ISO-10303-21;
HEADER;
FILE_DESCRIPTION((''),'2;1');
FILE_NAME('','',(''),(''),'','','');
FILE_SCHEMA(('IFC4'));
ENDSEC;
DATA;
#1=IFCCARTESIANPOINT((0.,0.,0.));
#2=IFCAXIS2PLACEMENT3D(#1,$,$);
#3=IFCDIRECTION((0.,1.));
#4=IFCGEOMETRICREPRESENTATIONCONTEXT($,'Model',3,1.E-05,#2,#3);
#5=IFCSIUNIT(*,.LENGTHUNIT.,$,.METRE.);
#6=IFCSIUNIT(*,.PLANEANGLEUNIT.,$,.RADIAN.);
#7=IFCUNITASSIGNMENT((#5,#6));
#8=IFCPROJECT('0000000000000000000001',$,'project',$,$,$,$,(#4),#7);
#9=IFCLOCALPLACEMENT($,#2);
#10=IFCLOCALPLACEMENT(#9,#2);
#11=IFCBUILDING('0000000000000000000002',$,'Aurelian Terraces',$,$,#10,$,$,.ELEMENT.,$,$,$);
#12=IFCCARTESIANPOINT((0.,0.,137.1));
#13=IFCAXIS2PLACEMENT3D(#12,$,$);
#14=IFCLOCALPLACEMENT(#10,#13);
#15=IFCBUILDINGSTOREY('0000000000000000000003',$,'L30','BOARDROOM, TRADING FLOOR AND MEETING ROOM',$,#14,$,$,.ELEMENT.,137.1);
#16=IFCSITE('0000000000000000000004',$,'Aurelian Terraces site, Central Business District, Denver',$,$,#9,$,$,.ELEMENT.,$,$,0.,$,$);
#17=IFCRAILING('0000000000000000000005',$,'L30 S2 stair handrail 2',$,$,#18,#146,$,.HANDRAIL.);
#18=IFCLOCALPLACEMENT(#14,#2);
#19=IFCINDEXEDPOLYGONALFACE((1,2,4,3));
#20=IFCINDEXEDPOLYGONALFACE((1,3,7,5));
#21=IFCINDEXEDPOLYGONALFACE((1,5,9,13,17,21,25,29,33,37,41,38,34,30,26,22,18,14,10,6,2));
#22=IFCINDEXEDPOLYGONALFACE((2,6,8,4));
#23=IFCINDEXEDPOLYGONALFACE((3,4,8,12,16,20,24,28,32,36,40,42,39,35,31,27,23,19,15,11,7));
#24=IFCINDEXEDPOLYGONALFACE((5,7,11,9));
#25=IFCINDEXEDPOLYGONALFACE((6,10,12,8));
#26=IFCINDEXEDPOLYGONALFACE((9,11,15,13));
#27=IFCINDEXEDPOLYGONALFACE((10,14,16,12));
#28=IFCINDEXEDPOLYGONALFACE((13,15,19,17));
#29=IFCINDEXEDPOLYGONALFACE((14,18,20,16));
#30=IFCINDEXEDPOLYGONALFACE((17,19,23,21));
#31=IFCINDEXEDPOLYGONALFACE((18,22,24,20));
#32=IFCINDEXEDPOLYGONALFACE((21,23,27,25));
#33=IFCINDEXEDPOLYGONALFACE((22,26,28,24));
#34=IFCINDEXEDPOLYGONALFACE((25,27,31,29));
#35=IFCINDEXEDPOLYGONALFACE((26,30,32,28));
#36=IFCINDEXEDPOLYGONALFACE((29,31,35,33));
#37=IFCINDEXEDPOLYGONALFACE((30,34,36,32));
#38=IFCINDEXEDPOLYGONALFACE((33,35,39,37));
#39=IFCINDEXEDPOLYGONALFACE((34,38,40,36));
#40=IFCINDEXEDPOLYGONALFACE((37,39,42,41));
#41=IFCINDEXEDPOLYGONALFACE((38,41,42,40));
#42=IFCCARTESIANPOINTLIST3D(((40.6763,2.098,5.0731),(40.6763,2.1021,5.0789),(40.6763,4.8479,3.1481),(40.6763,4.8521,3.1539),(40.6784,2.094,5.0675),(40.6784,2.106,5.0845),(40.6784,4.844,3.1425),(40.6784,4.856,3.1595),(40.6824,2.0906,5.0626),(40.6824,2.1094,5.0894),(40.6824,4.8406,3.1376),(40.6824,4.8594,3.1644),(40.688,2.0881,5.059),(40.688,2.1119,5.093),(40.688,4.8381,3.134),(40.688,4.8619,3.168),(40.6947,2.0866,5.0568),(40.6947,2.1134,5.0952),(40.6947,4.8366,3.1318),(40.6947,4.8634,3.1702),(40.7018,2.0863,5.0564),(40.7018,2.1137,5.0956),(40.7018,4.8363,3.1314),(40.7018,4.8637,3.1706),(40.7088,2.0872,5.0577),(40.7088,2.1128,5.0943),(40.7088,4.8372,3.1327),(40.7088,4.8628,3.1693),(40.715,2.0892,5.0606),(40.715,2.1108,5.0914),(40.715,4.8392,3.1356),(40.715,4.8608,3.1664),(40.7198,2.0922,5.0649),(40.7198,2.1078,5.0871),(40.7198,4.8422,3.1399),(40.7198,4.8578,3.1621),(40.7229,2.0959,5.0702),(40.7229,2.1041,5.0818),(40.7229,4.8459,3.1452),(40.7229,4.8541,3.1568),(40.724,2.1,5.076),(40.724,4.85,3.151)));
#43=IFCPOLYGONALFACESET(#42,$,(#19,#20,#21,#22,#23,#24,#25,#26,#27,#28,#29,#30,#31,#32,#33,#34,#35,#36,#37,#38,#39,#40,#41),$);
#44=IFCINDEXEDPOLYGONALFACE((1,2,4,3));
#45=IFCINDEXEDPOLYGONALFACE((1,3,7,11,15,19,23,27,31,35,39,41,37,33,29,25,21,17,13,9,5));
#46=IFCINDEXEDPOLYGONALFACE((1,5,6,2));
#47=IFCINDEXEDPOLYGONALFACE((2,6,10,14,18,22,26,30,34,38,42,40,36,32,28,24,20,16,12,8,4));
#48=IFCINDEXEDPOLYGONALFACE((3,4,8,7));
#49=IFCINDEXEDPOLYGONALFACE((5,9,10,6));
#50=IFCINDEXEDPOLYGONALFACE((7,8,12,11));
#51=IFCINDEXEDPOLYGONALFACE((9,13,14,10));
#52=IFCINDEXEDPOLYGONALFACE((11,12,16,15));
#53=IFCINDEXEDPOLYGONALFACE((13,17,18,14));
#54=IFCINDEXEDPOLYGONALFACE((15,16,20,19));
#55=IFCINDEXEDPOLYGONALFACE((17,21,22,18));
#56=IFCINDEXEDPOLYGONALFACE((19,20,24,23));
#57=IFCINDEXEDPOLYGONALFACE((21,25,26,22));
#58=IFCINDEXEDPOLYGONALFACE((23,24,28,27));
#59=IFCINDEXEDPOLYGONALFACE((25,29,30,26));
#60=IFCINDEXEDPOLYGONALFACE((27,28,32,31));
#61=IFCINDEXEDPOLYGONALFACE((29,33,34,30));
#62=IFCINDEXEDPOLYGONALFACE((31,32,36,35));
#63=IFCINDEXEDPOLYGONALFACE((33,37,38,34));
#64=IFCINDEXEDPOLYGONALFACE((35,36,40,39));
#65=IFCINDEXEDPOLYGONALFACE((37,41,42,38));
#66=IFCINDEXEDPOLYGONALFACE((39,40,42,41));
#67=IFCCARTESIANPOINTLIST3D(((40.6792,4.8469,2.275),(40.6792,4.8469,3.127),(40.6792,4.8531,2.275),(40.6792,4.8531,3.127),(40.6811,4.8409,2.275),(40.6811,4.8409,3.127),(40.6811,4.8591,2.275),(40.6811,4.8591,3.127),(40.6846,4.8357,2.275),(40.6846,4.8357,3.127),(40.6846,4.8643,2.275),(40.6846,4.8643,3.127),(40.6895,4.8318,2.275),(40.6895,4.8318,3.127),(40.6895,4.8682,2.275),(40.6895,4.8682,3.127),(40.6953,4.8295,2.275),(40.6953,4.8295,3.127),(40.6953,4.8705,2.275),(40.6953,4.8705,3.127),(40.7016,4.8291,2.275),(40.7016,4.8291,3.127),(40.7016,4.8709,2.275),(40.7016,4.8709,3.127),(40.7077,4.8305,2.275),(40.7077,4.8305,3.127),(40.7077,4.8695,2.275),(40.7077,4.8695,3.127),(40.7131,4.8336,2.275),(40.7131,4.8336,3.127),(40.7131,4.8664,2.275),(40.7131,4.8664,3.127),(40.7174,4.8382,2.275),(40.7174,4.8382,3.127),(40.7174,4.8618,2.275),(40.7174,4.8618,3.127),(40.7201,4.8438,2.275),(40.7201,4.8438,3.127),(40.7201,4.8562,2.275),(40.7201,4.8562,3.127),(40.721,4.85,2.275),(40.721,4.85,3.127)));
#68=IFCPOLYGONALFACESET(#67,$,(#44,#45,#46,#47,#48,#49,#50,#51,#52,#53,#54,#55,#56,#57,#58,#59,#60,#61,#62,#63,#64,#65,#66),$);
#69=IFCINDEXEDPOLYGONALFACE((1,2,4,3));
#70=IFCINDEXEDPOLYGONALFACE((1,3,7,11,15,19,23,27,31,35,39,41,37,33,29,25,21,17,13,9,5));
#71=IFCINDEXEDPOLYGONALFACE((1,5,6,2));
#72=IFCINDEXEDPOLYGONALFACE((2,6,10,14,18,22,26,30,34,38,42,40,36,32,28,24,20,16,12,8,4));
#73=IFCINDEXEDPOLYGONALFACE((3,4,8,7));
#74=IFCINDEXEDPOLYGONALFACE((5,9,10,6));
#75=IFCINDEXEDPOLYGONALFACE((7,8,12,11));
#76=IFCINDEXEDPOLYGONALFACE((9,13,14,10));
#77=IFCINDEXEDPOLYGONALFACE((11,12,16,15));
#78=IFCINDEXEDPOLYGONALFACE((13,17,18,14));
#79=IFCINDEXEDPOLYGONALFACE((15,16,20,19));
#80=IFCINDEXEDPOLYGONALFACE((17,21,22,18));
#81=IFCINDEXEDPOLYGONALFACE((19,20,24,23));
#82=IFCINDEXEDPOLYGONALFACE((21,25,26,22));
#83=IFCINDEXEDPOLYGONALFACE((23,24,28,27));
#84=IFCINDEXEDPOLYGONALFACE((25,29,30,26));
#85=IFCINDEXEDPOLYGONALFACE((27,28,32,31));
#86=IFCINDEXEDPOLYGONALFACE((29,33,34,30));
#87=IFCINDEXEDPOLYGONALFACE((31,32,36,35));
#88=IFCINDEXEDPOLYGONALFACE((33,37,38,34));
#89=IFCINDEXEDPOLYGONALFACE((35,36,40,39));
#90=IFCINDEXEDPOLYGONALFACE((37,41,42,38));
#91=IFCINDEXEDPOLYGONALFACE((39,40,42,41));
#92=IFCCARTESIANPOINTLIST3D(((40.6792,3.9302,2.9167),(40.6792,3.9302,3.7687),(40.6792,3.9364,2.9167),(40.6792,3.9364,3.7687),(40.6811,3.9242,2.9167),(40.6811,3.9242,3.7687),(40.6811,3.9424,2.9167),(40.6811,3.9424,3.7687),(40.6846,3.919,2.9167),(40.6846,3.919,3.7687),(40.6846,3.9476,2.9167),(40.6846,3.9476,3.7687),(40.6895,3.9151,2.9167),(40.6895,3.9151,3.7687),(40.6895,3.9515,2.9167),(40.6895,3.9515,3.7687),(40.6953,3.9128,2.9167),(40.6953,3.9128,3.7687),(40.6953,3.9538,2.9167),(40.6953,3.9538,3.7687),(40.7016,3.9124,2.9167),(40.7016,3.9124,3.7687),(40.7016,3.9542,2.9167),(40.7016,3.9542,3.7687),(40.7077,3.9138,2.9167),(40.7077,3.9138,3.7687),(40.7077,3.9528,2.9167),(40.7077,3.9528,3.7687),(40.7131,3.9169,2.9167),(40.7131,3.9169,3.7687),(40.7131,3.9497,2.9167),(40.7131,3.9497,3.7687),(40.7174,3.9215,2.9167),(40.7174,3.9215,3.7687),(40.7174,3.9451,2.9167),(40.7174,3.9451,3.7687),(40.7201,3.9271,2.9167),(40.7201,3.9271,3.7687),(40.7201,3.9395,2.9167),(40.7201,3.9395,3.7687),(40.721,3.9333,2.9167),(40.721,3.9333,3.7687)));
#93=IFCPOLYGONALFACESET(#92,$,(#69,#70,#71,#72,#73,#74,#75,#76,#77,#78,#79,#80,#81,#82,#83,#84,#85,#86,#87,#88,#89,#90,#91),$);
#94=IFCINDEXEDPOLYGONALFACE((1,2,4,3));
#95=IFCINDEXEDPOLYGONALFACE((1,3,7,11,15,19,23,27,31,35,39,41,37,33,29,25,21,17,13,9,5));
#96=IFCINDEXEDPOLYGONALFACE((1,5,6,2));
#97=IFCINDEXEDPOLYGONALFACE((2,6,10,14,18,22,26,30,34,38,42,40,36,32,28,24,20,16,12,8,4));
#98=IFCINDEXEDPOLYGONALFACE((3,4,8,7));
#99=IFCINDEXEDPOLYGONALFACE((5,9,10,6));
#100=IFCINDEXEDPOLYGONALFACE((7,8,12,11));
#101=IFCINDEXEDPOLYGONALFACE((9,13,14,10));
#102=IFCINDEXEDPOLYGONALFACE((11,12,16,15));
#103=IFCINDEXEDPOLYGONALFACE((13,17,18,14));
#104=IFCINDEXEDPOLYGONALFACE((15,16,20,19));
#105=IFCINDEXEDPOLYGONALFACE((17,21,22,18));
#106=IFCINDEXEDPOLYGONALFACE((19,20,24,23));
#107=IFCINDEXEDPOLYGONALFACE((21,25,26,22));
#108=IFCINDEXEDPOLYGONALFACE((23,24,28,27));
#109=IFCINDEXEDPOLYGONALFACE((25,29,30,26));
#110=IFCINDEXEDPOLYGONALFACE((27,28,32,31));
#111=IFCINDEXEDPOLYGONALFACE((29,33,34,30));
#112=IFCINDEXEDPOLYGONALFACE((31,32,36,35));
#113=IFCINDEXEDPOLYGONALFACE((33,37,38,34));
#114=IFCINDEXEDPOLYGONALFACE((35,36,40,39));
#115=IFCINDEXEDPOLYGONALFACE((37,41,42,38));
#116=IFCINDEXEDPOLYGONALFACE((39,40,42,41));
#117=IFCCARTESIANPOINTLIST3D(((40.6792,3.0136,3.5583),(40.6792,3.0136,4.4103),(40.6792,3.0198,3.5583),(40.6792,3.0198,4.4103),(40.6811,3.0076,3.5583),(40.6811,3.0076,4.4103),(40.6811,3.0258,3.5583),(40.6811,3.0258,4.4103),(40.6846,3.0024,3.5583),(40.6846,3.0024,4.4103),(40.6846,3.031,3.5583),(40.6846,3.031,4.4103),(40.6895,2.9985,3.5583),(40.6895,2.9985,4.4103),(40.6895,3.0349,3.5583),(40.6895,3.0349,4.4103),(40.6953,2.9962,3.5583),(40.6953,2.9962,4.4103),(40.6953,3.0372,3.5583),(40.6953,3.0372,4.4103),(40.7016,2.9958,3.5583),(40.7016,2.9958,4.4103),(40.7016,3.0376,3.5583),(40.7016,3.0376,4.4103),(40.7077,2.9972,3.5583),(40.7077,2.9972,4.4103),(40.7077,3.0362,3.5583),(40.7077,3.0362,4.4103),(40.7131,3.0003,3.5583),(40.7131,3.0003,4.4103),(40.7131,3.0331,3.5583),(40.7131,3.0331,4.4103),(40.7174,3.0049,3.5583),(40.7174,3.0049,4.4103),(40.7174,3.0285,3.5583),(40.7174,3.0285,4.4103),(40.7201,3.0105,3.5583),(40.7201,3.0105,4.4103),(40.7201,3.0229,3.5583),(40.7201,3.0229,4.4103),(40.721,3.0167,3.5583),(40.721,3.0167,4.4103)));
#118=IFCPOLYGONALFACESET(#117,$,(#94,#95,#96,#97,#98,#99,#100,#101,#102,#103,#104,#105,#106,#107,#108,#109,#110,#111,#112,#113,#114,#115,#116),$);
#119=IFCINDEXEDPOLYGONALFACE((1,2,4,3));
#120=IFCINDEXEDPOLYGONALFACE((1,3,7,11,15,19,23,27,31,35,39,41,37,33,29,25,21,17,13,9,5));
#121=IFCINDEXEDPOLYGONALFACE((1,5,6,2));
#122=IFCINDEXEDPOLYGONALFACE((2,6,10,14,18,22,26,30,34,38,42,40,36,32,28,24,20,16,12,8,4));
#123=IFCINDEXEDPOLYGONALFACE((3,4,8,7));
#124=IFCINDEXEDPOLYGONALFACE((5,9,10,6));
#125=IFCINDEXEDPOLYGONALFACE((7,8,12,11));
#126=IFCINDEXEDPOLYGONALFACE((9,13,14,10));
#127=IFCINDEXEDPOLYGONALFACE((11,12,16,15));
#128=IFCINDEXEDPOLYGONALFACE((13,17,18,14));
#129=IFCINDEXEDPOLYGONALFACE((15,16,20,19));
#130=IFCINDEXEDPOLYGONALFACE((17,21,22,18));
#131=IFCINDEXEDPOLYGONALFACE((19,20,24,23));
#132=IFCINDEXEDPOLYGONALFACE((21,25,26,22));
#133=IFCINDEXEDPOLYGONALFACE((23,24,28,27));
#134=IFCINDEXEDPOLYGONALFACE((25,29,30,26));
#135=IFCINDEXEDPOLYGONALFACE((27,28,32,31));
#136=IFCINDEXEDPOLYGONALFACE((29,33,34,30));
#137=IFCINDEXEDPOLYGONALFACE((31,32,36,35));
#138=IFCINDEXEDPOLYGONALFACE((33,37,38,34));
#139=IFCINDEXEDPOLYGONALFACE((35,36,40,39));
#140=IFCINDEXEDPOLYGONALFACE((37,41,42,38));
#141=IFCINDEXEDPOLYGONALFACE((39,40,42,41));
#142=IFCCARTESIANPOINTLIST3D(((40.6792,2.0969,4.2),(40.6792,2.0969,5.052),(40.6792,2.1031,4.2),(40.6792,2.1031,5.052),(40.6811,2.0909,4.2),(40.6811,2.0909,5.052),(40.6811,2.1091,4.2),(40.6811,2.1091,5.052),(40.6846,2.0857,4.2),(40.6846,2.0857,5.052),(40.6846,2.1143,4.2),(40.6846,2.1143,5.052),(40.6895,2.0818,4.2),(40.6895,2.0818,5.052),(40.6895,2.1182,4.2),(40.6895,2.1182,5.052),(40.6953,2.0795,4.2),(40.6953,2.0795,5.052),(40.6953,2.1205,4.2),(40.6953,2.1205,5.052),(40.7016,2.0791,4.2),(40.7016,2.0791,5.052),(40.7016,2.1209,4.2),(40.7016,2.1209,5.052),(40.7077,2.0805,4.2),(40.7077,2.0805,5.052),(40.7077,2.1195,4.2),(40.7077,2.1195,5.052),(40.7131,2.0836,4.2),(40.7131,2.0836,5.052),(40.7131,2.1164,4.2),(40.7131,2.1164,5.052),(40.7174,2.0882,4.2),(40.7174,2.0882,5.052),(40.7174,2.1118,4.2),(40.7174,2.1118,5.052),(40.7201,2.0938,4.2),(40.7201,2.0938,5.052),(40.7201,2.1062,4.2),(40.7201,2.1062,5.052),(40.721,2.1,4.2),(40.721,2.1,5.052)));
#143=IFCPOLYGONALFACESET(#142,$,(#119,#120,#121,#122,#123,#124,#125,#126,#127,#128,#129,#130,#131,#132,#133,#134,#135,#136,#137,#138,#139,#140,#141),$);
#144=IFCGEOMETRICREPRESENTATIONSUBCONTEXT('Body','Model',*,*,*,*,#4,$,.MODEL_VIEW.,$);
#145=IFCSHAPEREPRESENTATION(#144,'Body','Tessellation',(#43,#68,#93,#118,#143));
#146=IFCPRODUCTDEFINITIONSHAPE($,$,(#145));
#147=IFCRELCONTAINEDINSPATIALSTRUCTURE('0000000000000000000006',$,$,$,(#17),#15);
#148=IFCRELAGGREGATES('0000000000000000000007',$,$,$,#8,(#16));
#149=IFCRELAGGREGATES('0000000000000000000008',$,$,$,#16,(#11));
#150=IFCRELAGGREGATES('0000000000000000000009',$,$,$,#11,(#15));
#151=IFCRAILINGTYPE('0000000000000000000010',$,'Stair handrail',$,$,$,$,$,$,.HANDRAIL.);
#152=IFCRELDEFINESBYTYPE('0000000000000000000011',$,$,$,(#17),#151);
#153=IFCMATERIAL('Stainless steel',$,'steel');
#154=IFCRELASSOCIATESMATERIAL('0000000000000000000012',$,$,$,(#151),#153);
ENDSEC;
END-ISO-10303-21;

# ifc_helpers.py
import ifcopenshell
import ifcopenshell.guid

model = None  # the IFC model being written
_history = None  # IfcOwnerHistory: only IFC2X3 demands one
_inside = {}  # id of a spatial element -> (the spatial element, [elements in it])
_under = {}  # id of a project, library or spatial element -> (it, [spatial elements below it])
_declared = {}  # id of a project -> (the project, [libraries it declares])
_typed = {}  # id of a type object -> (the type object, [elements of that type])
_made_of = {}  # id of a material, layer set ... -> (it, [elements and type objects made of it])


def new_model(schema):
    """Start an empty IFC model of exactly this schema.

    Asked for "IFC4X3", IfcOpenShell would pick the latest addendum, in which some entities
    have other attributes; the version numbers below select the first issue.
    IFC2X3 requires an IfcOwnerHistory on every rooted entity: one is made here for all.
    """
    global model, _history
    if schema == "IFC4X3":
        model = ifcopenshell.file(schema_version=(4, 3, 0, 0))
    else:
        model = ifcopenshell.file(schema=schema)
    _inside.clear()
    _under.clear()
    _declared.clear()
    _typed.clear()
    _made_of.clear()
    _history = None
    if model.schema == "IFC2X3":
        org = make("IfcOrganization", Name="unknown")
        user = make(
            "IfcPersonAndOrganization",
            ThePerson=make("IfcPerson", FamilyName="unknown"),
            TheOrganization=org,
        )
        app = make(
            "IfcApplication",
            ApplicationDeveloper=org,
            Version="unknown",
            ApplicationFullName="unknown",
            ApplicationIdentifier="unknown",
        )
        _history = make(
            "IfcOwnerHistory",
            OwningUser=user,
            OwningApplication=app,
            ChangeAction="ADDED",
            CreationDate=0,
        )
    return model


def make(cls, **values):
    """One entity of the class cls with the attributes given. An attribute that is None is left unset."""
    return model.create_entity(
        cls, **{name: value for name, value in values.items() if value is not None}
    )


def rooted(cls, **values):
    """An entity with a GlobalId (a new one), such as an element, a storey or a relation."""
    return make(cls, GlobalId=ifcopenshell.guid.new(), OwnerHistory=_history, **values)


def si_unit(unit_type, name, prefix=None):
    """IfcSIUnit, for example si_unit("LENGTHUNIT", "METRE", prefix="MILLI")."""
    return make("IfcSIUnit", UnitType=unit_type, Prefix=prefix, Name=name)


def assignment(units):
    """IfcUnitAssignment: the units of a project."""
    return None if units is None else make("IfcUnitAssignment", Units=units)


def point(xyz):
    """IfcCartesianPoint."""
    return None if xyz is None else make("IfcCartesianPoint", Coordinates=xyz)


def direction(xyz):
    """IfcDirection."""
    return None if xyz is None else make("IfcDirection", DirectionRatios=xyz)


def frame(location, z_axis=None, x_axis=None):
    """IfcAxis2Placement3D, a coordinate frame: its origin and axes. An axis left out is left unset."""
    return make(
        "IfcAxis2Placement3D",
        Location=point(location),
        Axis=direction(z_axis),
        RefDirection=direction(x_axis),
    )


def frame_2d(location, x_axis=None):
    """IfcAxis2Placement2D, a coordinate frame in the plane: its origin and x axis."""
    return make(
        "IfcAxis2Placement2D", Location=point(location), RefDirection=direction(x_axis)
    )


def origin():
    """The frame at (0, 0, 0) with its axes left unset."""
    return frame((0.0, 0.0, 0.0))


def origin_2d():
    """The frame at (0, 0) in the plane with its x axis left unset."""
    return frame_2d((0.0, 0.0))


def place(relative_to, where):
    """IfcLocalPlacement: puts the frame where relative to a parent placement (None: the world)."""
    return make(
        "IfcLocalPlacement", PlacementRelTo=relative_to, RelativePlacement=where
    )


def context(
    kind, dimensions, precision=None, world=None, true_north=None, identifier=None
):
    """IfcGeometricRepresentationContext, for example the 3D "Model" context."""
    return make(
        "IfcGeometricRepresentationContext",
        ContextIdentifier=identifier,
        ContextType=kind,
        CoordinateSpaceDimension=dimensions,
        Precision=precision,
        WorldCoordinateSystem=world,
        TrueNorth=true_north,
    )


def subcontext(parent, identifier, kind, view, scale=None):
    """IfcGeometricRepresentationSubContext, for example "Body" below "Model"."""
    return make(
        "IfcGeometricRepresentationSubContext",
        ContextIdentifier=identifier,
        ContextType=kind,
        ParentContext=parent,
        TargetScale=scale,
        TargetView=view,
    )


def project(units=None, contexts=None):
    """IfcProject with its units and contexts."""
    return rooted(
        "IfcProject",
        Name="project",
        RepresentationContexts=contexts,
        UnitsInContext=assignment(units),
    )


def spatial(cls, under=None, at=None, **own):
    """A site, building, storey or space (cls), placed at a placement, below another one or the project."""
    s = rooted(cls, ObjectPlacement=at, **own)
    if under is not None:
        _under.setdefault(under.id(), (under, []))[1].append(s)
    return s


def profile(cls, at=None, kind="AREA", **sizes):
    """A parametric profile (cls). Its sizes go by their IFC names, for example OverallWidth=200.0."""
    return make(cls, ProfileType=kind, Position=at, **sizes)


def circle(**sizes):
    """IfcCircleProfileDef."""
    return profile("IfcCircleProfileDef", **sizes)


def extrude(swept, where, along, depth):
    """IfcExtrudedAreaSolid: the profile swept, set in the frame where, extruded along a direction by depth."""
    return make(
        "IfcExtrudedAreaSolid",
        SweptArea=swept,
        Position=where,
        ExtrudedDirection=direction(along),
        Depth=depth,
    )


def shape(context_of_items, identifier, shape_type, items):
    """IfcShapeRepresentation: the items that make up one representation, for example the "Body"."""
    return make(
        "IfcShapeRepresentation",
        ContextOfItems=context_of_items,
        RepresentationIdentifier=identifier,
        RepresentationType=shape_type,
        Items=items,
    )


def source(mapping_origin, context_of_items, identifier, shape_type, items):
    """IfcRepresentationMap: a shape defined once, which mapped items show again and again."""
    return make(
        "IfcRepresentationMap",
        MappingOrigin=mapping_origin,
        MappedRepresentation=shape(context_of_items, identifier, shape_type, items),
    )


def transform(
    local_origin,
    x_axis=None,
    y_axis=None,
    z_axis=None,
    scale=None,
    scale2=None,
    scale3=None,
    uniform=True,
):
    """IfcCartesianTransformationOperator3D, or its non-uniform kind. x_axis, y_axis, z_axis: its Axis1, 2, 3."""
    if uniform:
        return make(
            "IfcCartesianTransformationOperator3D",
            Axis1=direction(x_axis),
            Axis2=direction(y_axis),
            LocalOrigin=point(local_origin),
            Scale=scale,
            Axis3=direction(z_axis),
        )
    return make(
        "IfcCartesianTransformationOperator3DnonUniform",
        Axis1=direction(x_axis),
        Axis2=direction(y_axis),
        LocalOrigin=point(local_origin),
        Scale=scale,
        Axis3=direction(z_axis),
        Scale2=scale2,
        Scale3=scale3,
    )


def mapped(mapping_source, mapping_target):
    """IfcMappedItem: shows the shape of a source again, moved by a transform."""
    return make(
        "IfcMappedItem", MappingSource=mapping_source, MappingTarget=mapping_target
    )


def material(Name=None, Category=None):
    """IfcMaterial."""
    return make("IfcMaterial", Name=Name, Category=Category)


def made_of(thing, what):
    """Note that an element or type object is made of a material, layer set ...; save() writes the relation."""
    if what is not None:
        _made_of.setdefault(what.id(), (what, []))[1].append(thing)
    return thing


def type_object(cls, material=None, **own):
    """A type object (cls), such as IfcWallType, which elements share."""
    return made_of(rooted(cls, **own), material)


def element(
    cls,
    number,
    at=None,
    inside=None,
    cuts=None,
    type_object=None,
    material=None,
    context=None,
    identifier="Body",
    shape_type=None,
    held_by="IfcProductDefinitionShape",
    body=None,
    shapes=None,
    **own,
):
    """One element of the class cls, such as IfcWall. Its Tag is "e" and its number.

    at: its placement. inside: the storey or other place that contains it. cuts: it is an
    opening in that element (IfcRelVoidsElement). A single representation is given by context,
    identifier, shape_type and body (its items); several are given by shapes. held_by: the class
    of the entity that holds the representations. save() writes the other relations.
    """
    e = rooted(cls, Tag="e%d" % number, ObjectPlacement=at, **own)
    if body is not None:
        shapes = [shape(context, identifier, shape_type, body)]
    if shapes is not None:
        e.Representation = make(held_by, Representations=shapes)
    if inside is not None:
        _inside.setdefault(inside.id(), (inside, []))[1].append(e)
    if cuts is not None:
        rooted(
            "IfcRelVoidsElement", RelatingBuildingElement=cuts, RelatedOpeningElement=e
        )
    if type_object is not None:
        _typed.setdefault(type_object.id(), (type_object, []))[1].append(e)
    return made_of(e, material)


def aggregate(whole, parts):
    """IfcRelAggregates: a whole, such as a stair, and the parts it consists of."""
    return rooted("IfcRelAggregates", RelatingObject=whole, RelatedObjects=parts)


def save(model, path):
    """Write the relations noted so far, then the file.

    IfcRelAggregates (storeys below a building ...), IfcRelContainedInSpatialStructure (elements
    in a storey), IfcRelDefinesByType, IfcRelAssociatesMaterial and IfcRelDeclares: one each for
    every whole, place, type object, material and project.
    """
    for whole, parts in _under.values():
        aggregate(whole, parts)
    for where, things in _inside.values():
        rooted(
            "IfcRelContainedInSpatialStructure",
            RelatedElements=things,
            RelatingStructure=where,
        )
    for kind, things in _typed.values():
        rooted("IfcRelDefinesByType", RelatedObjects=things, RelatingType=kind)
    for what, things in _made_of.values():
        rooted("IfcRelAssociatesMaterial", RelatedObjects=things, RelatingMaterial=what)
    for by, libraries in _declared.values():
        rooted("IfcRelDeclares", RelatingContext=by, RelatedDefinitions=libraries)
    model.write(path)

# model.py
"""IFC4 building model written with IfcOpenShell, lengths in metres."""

from ifc_helpers import new_model, si_unit, direction, frame, origin, origin_2d, place, context, subcontext, project, spatial, circle, extrude, source, transform, mapped, material, type_object, element, save


model = new_model("IFC4")

# Units and contexts
model_context = context("Model", 3, precision=1e-05, world=origin(), true_north=direction((0.0, 1.0)))
body_context = subcontext(model_context, "Body", "Model", "MODEL_VIEW")
ifc_project = project(units=[si_unit("LENGTHUNIT", "METRE"), si_unit("PLANEANGLEUNIT", "RADIAN")], contexts=[model_context])

# Site, building, storey
site_placement = place(None, origin())
site = spatial("IfcSite", under=ifc_project, at=site_placement, Name="Aurelian Terraces site, Central Business District, Denver", CompositionType="ELEMENT", RefElevation=0.0)
building_placement = place(site_placement, origin())
building = spatial("IfcBuilding", under=site, at=building_placement, Name="Aurelian Terraces", CompositionType="ELEMENT")
storey_placement = place(building_placement, frame((0.0, 0.0, 137.1)))
storey = spatial("IfcBuildingStorey", under=building, at=storey_placement, Name="L30", Description="BOARDROOM, TRADING FLOOR AND MEETING ROOM", CompositionType="ELEMENT", Elevation=137.1)

# Railing
ifc_material_1 = material(Name="Stainless steel", Category="steel")
railing_type_1 = type_object("IfcRailingType", Name="Stair handrail", PredefinedType="HANDRAIL", material=ifc_material_1)
shared_shape_1 = source(origin(), body_context, "Body", "SweptSolid", [
    extrude(circle(Radius=0.024, at=origin_2d()), frame((0.0, 0.0, 0.876), z_axis=(0.0, -0.819232, 0.573462), x_axis=(1.0, 0.0, 0.0)), (0.0, 0.0, 1.0), 3.3568),
    extrude(circle(Radius=0.021, at=origin_2d()), origin(), (0.0, 0.0, 1.0), 0.852),
    extrude(circle(Radius=0.021, at=origin_2d()), frame((0.0, -0.9167, 0.6417)), (0.0, 0.0, 1.0), 0.852),
    extrude(circle(Radius=0.021, at=origin_2d()), frame((0.0, -1.8333, 1.2833)), (0.0, 0.0, 1.0), 0.852),
    extrude(circle(Radius=0.021, at=origin_2d()), frame((0.0, -2.75, 1.925)), (0.0, 0.0, 1.0), 0.852),
])
railing_1_placement = place(storey_placement, frame((40.7, 4.85, 2.275)))
element("IfcRailing", 1, at=railing_1_placement, inside=storey, type_object=railing_type_1, Name="L30 S2 stair handrail 2", PredefinedType="HANDRAIL", context=body_context, shape_type="MappedRepresentation", body=[
    mapped(shared_shape_1, transform((0.0, 0.0, 0.0), scale=1.0)),
])

save(model, "model.ifc")
